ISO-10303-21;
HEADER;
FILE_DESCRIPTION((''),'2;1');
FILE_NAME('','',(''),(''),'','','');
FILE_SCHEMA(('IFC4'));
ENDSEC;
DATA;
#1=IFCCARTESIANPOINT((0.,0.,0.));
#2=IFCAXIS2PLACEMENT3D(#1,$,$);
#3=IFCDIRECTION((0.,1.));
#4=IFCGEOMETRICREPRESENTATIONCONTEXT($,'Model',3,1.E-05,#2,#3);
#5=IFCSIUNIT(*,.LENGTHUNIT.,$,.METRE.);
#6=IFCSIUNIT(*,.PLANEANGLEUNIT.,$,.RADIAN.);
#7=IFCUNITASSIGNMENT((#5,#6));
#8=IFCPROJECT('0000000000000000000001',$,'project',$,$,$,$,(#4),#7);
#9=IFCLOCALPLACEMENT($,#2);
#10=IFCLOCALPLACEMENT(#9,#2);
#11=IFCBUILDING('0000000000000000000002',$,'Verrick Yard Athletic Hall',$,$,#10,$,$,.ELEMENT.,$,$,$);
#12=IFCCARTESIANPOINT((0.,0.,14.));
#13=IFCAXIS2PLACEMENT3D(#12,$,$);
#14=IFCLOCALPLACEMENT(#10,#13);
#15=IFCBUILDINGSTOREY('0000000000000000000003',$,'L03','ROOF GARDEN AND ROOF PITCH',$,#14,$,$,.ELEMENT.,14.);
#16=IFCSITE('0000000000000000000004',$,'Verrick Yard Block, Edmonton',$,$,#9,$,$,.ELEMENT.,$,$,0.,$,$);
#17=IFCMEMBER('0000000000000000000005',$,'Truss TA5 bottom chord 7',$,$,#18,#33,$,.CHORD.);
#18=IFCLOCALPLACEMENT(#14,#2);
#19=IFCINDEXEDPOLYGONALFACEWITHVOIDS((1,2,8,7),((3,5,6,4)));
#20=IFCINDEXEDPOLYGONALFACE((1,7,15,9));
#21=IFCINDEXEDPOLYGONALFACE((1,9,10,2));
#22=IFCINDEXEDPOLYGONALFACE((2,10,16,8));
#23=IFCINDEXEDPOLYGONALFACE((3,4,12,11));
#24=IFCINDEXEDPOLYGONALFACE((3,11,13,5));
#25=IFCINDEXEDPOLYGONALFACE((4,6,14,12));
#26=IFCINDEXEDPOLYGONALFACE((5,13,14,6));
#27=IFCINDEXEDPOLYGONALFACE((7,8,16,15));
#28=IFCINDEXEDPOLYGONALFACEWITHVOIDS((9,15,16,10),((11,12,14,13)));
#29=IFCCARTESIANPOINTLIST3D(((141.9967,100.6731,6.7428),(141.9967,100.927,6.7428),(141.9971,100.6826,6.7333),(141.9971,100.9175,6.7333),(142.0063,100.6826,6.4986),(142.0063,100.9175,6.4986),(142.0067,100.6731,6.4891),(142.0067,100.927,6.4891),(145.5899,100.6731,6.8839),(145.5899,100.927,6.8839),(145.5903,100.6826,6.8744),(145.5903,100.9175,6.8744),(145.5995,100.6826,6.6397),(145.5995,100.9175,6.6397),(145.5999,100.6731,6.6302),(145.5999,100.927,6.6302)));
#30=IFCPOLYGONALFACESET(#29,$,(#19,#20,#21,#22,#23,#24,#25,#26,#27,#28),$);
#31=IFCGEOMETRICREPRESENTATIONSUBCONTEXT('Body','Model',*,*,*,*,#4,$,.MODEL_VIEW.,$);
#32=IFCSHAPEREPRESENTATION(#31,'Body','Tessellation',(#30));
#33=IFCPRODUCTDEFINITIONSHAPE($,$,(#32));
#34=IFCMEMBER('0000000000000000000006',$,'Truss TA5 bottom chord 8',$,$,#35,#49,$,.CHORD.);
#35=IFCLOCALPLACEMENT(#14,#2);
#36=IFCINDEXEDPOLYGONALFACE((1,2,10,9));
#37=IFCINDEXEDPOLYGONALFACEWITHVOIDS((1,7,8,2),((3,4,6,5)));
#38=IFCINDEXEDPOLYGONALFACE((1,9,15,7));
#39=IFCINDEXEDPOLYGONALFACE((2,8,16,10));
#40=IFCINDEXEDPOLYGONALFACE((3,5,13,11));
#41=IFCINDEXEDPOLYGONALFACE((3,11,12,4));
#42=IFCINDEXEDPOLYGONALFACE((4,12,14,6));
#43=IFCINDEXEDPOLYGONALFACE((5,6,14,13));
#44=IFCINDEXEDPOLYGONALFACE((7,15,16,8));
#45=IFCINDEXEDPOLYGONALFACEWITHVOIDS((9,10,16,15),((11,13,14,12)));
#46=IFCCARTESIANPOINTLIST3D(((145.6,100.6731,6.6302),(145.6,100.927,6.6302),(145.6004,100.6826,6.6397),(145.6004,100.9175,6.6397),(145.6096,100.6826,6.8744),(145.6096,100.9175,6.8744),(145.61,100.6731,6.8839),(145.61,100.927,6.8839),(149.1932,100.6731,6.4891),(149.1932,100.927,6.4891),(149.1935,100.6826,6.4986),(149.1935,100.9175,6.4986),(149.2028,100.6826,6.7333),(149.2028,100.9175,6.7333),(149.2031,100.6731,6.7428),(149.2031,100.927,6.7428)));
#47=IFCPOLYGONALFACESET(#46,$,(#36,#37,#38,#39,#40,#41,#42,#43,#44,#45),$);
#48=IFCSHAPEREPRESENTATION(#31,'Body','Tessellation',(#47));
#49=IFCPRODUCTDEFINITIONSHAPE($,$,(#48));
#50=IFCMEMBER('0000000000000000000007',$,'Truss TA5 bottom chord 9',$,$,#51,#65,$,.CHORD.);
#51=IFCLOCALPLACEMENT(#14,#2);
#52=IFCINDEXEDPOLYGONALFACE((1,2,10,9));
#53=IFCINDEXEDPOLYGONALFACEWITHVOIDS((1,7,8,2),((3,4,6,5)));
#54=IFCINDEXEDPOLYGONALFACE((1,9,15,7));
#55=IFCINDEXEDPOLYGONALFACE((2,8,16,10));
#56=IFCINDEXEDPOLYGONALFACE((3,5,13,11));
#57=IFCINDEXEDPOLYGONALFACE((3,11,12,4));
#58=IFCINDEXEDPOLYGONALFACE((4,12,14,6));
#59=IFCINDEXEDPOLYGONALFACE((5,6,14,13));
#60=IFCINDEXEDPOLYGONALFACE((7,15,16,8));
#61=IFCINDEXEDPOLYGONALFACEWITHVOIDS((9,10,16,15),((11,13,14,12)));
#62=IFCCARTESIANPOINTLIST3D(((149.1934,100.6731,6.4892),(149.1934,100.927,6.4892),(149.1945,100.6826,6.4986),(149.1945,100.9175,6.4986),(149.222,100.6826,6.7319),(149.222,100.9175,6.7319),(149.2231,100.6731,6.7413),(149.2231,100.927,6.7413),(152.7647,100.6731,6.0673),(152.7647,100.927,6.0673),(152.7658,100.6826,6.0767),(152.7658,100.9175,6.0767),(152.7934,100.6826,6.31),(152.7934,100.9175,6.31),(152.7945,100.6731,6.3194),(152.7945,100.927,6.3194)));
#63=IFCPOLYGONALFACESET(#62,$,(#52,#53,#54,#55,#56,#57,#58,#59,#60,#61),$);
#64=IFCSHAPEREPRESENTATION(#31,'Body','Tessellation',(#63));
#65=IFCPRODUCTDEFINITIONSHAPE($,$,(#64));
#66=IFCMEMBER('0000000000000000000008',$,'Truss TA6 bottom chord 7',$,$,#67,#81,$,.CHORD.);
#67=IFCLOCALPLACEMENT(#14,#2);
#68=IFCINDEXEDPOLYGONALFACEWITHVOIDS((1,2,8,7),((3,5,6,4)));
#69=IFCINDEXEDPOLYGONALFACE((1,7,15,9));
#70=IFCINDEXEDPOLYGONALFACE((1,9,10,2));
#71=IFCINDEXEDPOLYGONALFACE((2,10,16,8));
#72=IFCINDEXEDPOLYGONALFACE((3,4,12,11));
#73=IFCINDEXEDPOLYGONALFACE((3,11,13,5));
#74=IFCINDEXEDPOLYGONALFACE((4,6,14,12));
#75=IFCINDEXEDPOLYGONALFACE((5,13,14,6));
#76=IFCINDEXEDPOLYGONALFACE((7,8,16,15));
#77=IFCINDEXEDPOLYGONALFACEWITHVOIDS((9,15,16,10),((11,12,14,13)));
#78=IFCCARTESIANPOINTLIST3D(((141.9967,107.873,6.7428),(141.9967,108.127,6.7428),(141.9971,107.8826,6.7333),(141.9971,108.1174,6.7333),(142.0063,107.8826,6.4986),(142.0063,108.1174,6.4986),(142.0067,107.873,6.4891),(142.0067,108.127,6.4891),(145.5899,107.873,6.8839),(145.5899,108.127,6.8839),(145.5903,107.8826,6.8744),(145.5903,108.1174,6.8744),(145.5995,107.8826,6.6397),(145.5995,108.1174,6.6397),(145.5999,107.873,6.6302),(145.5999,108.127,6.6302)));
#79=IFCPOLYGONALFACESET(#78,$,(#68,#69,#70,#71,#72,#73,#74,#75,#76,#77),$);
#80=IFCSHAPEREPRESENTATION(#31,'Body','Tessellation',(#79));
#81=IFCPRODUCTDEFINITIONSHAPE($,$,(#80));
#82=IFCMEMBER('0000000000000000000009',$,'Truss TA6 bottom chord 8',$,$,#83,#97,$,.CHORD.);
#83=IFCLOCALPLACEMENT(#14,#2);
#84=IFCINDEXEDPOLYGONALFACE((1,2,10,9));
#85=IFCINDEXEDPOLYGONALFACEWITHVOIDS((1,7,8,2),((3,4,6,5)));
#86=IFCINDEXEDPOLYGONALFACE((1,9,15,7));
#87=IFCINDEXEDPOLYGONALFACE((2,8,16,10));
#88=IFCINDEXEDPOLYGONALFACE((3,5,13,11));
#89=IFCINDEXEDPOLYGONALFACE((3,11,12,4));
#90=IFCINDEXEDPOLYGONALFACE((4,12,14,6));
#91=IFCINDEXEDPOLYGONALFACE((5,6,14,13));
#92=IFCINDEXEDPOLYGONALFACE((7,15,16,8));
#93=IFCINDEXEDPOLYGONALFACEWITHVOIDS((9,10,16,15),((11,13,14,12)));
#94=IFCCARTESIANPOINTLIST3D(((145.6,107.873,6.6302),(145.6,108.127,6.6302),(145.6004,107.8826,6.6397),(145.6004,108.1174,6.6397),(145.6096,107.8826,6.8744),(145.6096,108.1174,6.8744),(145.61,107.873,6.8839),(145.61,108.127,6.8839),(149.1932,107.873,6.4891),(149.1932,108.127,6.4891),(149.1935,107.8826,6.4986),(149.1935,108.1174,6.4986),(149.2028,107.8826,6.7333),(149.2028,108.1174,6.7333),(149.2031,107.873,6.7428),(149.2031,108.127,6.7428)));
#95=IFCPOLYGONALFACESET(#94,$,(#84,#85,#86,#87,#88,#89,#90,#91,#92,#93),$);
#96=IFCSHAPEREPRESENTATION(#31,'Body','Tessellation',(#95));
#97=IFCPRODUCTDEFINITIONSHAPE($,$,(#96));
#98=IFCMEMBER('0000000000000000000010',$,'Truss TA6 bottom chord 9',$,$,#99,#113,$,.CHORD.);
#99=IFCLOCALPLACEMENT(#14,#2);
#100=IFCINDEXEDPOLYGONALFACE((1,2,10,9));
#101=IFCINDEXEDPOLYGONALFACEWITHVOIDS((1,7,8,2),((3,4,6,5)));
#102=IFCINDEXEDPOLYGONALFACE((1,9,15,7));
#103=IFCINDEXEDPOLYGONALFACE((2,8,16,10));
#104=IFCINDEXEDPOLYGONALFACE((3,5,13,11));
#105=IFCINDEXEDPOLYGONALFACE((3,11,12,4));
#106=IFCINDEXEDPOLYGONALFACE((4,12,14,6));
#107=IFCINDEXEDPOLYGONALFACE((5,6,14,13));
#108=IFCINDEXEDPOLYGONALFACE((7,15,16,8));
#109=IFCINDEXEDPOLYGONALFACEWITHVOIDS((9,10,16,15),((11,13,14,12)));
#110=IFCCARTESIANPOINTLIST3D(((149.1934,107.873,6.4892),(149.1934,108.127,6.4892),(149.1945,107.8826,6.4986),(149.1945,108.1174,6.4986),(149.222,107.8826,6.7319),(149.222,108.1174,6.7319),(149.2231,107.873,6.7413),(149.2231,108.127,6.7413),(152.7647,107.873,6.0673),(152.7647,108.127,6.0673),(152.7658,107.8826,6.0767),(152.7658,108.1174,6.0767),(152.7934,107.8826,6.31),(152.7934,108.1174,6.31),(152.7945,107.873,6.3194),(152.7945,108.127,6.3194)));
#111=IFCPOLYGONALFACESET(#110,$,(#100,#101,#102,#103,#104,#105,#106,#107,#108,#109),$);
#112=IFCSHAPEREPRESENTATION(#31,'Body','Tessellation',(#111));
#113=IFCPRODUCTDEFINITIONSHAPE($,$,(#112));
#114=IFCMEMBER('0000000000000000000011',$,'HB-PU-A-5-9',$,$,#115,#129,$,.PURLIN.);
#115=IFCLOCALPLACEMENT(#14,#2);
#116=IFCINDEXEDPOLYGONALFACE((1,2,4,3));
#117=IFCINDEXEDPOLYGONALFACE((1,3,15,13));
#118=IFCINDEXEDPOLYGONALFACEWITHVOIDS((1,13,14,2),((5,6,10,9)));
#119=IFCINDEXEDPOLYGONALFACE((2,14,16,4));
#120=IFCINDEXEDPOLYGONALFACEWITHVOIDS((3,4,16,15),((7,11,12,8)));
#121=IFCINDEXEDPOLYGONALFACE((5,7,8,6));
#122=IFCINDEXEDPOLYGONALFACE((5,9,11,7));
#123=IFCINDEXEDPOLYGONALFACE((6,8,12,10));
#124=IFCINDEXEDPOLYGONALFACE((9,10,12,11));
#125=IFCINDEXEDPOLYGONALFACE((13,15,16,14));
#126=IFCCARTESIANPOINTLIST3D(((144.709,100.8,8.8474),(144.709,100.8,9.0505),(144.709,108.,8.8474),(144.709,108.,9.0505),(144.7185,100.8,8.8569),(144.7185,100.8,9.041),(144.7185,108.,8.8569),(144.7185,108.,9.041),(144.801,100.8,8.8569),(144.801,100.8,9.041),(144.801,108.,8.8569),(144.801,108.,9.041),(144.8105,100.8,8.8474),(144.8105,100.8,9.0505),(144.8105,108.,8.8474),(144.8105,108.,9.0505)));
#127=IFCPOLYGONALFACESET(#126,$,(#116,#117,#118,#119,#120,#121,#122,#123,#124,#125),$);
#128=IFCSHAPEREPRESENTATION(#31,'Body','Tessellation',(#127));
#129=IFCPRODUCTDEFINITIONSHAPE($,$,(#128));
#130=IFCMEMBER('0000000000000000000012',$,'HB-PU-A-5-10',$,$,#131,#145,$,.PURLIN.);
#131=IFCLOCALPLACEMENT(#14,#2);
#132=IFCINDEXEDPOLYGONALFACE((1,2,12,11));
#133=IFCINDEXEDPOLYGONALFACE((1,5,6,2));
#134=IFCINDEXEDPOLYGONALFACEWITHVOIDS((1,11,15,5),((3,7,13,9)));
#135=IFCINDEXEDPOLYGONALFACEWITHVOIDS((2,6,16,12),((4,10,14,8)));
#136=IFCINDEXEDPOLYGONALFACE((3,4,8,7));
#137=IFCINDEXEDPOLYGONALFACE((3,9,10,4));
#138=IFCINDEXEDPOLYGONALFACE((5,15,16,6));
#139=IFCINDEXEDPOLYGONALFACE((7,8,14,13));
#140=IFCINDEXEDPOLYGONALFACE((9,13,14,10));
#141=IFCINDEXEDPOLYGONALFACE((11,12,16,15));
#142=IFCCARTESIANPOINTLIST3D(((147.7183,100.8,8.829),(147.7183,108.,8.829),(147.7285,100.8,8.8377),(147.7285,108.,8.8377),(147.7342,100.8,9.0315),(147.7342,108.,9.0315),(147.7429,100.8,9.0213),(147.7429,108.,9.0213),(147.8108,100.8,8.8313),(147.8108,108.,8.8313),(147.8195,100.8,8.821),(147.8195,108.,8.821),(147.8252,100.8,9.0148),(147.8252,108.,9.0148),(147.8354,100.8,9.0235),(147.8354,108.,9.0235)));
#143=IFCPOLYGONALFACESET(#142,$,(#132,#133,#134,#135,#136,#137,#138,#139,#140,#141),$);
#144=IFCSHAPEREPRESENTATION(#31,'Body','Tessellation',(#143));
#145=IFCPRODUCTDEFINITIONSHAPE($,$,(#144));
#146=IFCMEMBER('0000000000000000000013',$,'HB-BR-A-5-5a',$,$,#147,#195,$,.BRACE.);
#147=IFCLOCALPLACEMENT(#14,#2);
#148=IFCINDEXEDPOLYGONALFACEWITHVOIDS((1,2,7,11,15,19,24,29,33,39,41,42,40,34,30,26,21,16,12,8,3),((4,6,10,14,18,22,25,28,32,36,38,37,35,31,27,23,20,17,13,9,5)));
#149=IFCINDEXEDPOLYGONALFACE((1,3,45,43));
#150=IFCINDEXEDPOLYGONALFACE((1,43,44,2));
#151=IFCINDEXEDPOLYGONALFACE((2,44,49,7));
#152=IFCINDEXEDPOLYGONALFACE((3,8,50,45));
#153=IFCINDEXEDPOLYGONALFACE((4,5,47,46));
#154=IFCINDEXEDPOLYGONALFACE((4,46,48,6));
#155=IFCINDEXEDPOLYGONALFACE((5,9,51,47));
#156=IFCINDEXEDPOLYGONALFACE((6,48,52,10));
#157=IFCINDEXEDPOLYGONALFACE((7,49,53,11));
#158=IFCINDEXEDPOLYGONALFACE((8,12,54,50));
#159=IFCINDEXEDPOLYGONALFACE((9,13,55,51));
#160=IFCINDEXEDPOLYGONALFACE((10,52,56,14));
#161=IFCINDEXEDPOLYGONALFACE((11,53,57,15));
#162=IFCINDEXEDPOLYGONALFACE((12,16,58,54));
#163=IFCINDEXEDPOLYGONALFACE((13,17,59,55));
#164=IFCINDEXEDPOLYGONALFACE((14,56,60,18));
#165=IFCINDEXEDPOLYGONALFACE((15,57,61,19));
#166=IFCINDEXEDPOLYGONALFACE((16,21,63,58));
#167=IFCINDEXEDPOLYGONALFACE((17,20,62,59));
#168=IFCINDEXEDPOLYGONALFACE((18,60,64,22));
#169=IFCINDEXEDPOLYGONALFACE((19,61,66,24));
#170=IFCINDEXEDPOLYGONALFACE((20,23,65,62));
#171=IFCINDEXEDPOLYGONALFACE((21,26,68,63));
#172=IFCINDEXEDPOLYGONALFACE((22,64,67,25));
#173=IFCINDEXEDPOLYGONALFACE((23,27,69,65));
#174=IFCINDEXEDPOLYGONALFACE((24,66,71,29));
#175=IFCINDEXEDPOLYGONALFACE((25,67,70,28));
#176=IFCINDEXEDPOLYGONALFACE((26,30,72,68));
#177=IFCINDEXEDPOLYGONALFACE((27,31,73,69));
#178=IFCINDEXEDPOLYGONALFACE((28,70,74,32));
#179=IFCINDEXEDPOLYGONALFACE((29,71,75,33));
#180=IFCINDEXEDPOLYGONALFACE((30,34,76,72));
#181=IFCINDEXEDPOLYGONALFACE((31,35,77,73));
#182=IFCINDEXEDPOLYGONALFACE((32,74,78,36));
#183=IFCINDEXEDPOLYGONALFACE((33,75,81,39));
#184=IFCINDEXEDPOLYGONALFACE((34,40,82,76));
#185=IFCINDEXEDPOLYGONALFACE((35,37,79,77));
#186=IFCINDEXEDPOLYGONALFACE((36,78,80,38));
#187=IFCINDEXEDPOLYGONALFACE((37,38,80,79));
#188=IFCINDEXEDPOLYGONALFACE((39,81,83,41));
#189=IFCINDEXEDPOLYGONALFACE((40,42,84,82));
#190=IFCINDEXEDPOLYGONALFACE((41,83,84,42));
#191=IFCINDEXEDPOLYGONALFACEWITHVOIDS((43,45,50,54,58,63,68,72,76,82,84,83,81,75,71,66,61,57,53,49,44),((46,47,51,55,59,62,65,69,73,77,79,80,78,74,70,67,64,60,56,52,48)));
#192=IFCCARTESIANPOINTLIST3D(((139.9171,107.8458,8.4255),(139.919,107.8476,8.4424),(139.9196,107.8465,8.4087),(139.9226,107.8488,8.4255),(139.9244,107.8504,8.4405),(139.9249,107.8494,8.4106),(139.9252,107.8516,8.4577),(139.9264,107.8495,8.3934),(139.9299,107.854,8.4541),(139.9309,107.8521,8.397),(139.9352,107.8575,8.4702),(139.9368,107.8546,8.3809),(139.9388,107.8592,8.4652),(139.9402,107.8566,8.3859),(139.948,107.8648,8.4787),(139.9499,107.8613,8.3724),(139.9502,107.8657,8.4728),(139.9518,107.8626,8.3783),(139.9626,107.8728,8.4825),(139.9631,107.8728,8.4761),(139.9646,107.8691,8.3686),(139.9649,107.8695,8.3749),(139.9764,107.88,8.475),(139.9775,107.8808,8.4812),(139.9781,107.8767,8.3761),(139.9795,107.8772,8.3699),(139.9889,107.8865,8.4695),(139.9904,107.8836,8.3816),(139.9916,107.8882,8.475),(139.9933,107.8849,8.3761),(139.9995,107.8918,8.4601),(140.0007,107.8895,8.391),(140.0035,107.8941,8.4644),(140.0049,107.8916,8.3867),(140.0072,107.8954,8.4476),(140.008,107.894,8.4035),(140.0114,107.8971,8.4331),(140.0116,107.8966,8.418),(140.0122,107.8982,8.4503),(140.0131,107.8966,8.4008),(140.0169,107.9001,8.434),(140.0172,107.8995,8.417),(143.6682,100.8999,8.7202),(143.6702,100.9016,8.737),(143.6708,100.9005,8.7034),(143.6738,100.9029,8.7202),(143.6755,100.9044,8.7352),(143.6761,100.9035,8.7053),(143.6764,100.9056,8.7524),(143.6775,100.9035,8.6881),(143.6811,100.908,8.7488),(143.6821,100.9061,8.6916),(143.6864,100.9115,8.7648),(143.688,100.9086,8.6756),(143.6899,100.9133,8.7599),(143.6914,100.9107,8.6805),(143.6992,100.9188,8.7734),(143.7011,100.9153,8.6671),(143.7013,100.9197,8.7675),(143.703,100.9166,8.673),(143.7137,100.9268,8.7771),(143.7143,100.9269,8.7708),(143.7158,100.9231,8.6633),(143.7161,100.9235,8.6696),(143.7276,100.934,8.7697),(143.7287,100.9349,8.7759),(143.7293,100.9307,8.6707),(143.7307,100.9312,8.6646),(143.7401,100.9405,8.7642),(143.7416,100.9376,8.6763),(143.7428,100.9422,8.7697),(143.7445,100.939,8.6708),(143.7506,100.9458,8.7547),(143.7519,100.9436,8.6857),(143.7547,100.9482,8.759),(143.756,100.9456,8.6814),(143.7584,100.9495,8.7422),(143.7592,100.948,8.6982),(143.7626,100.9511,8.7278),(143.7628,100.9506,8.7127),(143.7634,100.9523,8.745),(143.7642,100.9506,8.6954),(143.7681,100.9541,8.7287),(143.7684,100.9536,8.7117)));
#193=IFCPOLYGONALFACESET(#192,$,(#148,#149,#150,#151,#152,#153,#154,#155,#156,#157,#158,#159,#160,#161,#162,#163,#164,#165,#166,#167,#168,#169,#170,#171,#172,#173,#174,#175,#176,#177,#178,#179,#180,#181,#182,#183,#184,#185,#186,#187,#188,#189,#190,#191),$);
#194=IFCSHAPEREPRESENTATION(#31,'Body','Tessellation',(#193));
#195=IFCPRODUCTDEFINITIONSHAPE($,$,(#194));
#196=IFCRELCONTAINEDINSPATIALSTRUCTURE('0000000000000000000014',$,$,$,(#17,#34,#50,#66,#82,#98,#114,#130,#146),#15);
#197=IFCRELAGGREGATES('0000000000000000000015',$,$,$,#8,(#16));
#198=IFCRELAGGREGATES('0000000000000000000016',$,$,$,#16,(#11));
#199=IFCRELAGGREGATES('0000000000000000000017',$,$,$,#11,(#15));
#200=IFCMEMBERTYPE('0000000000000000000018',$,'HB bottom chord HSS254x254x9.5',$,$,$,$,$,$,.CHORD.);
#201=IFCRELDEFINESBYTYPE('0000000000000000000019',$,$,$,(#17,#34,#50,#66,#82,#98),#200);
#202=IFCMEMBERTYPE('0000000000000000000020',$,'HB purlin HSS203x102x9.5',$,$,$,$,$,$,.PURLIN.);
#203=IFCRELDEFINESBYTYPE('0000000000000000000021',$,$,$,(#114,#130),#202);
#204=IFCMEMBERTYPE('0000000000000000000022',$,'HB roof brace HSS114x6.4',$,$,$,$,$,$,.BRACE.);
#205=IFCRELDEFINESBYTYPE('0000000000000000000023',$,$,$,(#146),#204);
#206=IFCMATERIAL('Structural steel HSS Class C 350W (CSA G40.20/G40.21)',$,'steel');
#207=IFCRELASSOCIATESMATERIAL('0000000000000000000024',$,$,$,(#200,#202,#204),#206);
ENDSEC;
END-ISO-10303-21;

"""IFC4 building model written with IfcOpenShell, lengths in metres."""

from ifc_helpers import new_model, si_unit, direction, frame, origin, origin_2d, place, context, subcontext, project, spatial, hollow_rectangle, hollow_circle, extrude, material, material_profile, profile_set, type_object, element, save


model = new_model("IFC4")

# Units and contexts
model_context = context("Model", 3, precision=1e-05, world=origin(), true_north=direction((0.0, 1.0)))
body_context = subcontext(model_context, "Body", "Model", "MODEL_VIEW")
ifc_project = project(units=[si_unit("LENGTHUNIT", "METRE"), si_unit("PLANEANGLEUNIT", "RADIAN")], contexts=[model_context])

# Site, building, storey
site_placement = place(None, origin())
site = spatial("IfcSite", under=ifc_project, at=site_placement, Name="Verrick Yard Block, Edmonton", CompositionType="ELEMENT", RefElevation=0.0)
building_placement = place(site_placement, origin())
building = spatial("IfcBuilding", under=site, at=building_placement, Name="Verrick Yard Athletic Hall", CompositionType="ELEMENT")
storey_placement = place(building_placement, frame((0.0, 0.0, 14.0)))
storey = spatial("IfcBuildingStorey", under=building, at=storey_placement, Name="L03", Description="ROOF GARDEN AND ROOF PITCH", CompositionType="ELEMENT", Elevation=14.0)

# Members
ifc_material_1 = material(Name="Structural steel HSS Class C 350W (CSA G40.20/G40.21)", Category="steel")
ifc_material_profile_1 = material_profile(ifc_material_1, hollow_rectangle(XDim=0.2539, YDim=0.2539, WallThickness=0.0095, at=origin_2d()), Name="HSS254x254x9.5")
ifc_profile_set_1 = profile_set([ifc_material_profile_1], Name="Structural steel HSS Class C 350W (CSA G40.20/G40.21)")
member_type_1 = type_object("IfcMemberType", Name="HB bottom chord HSS254x254x9.5", PredefinedType="CHORD", material=ifc_profile_set_1)
for number, where, z_axis, x_axis, name in (
    (1, (142.0017, 100.8, 6.616), (0.99923, 0.0, 0.039241), (0.0, 1.0, 0.0), "Truss TA5 bottom chord 7"),
    (2, (145.605, 100.8, 6.7571), (0.99923, 0.0, -0.039241), (0.0, 1.0, 0.0), "Truss TA5 bottom chord 8"),
):
    element("IfcMember", number, at=place(storey_placement, frame(where, z_axis=z_axis, x_axis=x_axis)), inside=storey, type_object=member_type_1, Name=name, PredefinedType="CHORD", context=body_context, shape_type="SweptSolid", body=[
        extrude(hollow_rectangle(XDim=0.2539, YDim=0.2539, WallThickness=0.0095, at=origin_2d()), origin(), (0.0, 0.0, 1.0), 3.5959),
    ])
member_1_placement = place(storey_placement, frame((149.2083, 100.8, 6.6152), z_axis=(0.993095, 0.0, -0.117314), x_axis=(0.0, 1.0, 0.0)))
element("IfcMember", 3, at=member_1_placement, inside=storey, type_object=member_type_1, Name="Truss TA5 bottom chord 9", PredefinedType="CHORD", context=body_context, shape_type="SweptSolid", body=[
    extrude(hollow_rectangle(XDim=0.2539, YDim=0.2539, WallThickness=0.0095, at=origin_2d()), origin(), (0.0, 0.0, 1.0), 3.5962),
])
for number, where, z_axis, x_axis, name in (
    (4, (142.0017, 108.0, 6.616), (0.99923, 0.0, 0.039241), (0.0, 1.0, 0.0), "Truss TA6 bottom chord 7"),
    (5, (145.605, 108.0, 6.7571), (0.99923, 0.0, -0.039241), (0.0, 1.0, 0.0), "Truss TA6 bottom chord 8"),
):
    element("IfcMember", number, at=place(storey_placement, frame(where, z_axis=z_axis, x_axis=x_axis)), inside=storey, type_object=member_type_1, Name=name, PredefinedType="CHORD", context=body_context, shape_type="SweptSolid", body=[
        extrude(hollow_rectangle(XDim=0.2539, YDim=0.2539, WallThickness=0.0095, at=origin_2d()), origin(), (0.0, 0.0, 1.0), 3.5959),
    ])
member_2_placement = place(storey_placement, frame((149.2083, 108.0, 6.6152), z_axis=(0.993095, 0.0, -0.117314), x_axis=(0.0, 1.0, 0.0)))
element("IfcMember", 6, at=member_2_placement, inside=storey, type_object=member_type_1, Name="Truss TA6 bottom chord 9", PredefinedType="CHORD", context=body_context, shape_type="SweptSolid", body=[
    extrude(hollow_rectangle(XDim=0.2539, YDim=0.2539, WallThickness=0.0095, at=origin_2d()), origin(), (0.0, 0.0, 1.0), 3.5962),
])
ifc_material_profile_2 = material_profile(ifc_material_1, hollow_rectangle(XDim=0.1016, YDim=0.2031, WallThickness=0.0095, at=origin_2d()), Name="HSS203x102x9.5")
ifc_profile_set_2 = profile_set([ifc_material_profile_2], Name="Structural steel HSS Class C 350W (CSA G40.20/G40.21)")
member_type_2 = type_object("IfcMemberType", Name="HB purlin HSS203x102x9.5", PredefinedType="PURLIN", material=ifc_profile_set_2)
for number, where, z_axis, x_axis, name in (
    (7, (144.7598, 100.8, 8.949), (0.0, 1.0, 0.0), (-1.0, 0.0, 0.0), "HB-PU-A-5-9"),
    (8, (147.7769, 100.8, 8.9263), (0.0, 1.0, 0.0), (-0.996927, 0.0, 0.078332), "HB-PU-A-5-10"),
):
    element("IfcMember", number, at=place(storey_placement, frame(where, z_axis=z_axis, x_axis=x_axis)), inside=storey, type_object=member_type_2, Name=name, PredefinedType="PURLIN", context=body_context, shape_type="SweptSolid", body=[
        extrude(hollow_rectangle(XDim=0.1016, YDim=0.2031, WallThickness=0.0095, at=origin_2d()), origin(), (0.0, 0.0, 1.0), 7.2),
    ])
ifc_material_profile_3 = material_profile(ifc_material_1, hollow_circle(Radius=0.0571, WallThickness=0.0063, at=origin_2d()), Name="HSS114x6.4")
ifc_profile_set_3 = profile_set([ifc_material_profile_3], Name="Structural steel HSS Class C 350W (CSA G40.20/G40.21)")
member_type_3 = type_object("IfcMemberType", Name="HB roof brace HSS114x6.4", PredefinedType="BRACE", material=ifc_profile_set_3)
member_3_placement = place(storey_placement, frame((143.7185, 100.927, 8.7202), z_axis=(-0.474853, 0.879274, -0.037302), x_axis=(-0.879887, -0.475184, 0.0)))
element("IfcMember", 9, at=member_3_placement, inside=storey, type_object=member_type_3, Name="HB-BR-A-5-5a", PredefinedType="BRACE", context=body_context, shape_type="SweptSolid", body=[
    extrude(hollow_circle(Radius=0.0571, WallThickness=0.0063, at=origin_2d()), origin(), (0.0, 0.0, 1.0), 7.8997),
])

save(model, "model.ifc")
